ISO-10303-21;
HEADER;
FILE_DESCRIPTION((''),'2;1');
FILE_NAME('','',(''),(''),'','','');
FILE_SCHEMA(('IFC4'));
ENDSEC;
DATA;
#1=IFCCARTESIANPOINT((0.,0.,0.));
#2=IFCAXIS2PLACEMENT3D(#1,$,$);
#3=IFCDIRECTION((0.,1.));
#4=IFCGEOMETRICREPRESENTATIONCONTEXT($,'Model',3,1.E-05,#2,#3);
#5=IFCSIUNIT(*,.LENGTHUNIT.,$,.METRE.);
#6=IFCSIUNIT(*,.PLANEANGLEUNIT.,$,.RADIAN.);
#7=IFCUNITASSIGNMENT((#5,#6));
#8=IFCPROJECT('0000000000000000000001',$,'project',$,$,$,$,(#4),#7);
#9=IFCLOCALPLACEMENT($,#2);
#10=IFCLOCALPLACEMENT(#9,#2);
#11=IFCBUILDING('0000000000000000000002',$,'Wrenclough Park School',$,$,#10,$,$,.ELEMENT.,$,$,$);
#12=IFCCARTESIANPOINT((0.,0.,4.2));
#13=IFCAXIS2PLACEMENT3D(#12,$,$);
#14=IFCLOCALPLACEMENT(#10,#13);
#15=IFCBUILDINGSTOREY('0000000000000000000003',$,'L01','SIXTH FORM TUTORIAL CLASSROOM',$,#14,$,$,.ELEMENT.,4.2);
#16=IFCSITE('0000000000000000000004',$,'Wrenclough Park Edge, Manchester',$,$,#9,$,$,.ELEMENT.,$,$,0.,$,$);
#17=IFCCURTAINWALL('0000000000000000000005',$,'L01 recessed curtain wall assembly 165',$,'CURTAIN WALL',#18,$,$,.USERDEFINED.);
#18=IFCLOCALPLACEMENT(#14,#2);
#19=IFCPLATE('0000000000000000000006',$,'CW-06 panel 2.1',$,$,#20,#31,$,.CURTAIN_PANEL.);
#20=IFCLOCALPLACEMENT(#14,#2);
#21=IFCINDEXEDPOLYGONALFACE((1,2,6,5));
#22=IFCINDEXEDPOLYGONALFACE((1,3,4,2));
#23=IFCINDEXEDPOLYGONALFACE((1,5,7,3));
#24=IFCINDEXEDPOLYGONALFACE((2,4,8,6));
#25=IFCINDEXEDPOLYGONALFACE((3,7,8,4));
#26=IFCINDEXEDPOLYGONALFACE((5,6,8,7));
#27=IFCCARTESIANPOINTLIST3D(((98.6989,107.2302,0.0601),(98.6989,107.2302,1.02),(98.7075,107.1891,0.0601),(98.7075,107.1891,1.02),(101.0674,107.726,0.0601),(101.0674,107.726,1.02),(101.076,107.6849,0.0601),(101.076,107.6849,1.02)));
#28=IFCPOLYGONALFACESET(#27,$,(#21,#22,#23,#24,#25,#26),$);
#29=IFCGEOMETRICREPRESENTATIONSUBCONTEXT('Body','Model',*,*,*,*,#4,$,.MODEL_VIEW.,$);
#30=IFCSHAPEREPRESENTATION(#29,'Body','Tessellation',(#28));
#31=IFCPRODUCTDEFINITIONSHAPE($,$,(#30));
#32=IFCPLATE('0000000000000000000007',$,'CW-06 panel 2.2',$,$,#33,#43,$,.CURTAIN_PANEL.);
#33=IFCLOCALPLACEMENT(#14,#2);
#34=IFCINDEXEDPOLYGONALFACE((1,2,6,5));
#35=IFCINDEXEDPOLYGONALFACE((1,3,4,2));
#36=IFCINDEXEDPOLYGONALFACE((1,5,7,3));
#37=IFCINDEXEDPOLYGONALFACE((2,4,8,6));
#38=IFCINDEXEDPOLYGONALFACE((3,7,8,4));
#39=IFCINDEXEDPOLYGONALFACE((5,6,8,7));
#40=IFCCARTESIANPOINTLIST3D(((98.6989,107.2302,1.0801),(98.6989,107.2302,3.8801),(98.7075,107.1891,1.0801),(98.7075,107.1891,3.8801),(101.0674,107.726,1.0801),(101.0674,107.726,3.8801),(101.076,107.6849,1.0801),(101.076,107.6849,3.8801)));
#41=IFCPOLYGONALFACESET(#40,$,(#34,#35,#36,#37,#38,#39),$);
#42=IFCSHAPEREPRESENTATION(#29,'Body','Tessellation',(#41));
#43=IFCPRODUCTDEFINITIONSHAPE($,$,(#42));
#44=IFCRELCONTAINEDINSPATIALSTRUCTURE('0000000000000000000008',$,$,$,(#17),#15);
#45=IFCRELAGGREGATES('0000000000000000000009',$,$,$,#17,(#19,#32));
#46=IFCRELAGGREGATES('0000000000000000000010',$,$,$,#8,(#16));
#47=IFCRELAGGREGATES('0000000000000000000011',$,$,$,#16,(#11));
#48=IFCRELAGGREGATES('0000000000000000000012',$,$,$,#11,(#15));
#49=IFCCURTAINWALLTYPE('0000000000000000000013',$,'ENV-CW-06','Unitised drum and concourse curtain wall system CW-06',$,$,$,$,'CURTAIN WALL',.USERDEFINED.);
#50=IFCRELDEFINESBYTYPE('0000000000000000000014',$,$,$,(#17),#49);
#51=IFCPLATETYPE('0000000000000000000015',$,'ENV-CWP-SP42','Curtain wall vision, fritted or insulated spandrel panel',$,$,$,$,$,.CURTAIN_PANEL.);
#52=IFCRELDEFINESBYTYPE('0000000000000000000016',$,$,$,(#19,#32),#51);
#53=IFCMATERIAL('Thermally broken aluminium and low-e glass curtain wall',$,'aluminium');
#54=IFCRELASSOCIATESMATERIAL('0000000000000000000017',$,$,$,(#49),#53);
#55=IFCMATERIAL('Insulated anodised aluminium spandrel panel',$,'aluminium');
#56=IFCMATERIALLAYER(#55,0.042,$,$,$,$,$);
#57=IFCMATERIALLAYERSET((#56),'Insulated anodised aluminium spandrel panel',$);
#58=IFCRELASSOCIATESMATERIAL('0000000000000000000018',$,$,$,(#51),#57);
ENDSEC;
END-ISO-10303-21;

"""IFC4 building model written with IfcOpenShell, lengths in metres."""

from ifc_helpers import new_model, si_unit, direction, frame, origin, origin_2d, place, context, subcontext, project, spatial, rectangle, extrude, material, layer, layer_set, type_object, element, aggregate, save


model = new_model("IFC4")

# Units and contexts
model_context = context("Model", 3, precision=1e-05, world=origin(), true_north=direction((0.0, 1.0)))
body_context = subcontext(model_context, "Body", "Model", "MODEL_VIEW")
ifc_project = project(units=[si_unit("LENGTHUNIT", "METRE"), si_unit("PLANEANGLEUNIT", "RADIAN")], contexts=[model_context])

# Site, building, storey
site_placement = place(None, origin())
site = spatial("IfcSite", under=ifc_project, at=site_placement, Name="Wrenclough Park Edge, Manchester", CompositionType="ELEMENT", RefElevation=0.0)
building_placement = place(site_placement, origin())
building = spatial("IfcBuilding", under=site, at=building_placement, Name="Wrenclough Park School", CompositionType="ELEMENT")
storey_placement = place(building_placement, frame((0.0, 0.0, 4.2)))
storey = spatial("IfcBuildingStorey", under=building, at=storey_placement, Name="L01", Description="SIXTH FORM TUTORIAL CLASSROOM", CompositionType="ELEMENT", Elevation=4.2)

# Curtain wall
ifc_material_1 = material(Name="Thermally broken aluminium and low-e glass curtain wall", Category="aluminium")
curtain_wall_type_1 = type_object("IfcCurtainWallType", Name="ENV-CW-06", Description="Unitised drum and concourse curtain wall system CW-06", ElementType="CURTAIN WALL", PredefinedType="USERDEFINED", material=ifc_material_1)
curtain_wall_1_placement = place(storey_placement, origin())
curtain_wall_1 = element("IfcCurtainWall", 1, at=curtain_wall_1_placement, inside=storey, type_object=curtain_wall_type_1, Name="L01 recessed curtain wall assembly 165", ObjectType="CURTAIN WALL", PredefinedType="USERDEFINED")

# Plates
ifc_material_2 = material(Name="Insulated anodised aluminium spandrel panel", Category="aluminium")
ifc_layer_1 = layer(ifc_material_2, 0.042)
ifc_layer_set_1 = layer_set([ifc_layer_1], Name="Insulated anodised aluminium spandrel panel")
plate_type_1 = type_object("IfcPlateType", Name="ENV-CWP-SP42", Description="Curtain wall vision, fritted or insulated spandrel panel", PredefinedType="CURTAIN_PANEL", material=ifc_layer_set_1)
plate_1_placement = place(storey_placement, frame((99.8875, 107.4575, 0.0601), z_axis=(0.0, 0.0, 1.0), x_axis=(-0.978788, -0.204874, 0.0)))
plate_1 = element("IfcPlate", 2, at=plate_1_placement, type_object=plate_type_1, Name="CW-06 panel 2.1", PredefinedType="CURTAIN_PANEL", context=body_context, shape_type="SweptSolid", body=[
    extrude(rectangle(XDim=2.4199, YDim=0.042, at=origin_2d()), origin(), (0.0, 0.0, 1.0), 0.96),
])
plate_2_placement = place(storey_placement, frame((99.8875, 107.4575, 1.0801), z_axis=(0.0, 0.0, 1.0), x_axis=(-0.978788, -0.204874, 0.0)))
plate_2 = element("IfcPlate", 3, at=plate_2_placement, type_object=plate_type_1, Name="CW-06 panel 2.2", PredefinedType="CURTAIN_PANEL", context=body_context, shape_type="SweptSolid", body=[
    extrude(rectangle(XDim=2.4199, YDim=0.042, at=origin_2d()), origin(), (0.0, 0.0, 1.0), 2.8),
])
aggregate(curtain_wall_1, [plate_1, plate_2])

save(model, "model.ifc")
